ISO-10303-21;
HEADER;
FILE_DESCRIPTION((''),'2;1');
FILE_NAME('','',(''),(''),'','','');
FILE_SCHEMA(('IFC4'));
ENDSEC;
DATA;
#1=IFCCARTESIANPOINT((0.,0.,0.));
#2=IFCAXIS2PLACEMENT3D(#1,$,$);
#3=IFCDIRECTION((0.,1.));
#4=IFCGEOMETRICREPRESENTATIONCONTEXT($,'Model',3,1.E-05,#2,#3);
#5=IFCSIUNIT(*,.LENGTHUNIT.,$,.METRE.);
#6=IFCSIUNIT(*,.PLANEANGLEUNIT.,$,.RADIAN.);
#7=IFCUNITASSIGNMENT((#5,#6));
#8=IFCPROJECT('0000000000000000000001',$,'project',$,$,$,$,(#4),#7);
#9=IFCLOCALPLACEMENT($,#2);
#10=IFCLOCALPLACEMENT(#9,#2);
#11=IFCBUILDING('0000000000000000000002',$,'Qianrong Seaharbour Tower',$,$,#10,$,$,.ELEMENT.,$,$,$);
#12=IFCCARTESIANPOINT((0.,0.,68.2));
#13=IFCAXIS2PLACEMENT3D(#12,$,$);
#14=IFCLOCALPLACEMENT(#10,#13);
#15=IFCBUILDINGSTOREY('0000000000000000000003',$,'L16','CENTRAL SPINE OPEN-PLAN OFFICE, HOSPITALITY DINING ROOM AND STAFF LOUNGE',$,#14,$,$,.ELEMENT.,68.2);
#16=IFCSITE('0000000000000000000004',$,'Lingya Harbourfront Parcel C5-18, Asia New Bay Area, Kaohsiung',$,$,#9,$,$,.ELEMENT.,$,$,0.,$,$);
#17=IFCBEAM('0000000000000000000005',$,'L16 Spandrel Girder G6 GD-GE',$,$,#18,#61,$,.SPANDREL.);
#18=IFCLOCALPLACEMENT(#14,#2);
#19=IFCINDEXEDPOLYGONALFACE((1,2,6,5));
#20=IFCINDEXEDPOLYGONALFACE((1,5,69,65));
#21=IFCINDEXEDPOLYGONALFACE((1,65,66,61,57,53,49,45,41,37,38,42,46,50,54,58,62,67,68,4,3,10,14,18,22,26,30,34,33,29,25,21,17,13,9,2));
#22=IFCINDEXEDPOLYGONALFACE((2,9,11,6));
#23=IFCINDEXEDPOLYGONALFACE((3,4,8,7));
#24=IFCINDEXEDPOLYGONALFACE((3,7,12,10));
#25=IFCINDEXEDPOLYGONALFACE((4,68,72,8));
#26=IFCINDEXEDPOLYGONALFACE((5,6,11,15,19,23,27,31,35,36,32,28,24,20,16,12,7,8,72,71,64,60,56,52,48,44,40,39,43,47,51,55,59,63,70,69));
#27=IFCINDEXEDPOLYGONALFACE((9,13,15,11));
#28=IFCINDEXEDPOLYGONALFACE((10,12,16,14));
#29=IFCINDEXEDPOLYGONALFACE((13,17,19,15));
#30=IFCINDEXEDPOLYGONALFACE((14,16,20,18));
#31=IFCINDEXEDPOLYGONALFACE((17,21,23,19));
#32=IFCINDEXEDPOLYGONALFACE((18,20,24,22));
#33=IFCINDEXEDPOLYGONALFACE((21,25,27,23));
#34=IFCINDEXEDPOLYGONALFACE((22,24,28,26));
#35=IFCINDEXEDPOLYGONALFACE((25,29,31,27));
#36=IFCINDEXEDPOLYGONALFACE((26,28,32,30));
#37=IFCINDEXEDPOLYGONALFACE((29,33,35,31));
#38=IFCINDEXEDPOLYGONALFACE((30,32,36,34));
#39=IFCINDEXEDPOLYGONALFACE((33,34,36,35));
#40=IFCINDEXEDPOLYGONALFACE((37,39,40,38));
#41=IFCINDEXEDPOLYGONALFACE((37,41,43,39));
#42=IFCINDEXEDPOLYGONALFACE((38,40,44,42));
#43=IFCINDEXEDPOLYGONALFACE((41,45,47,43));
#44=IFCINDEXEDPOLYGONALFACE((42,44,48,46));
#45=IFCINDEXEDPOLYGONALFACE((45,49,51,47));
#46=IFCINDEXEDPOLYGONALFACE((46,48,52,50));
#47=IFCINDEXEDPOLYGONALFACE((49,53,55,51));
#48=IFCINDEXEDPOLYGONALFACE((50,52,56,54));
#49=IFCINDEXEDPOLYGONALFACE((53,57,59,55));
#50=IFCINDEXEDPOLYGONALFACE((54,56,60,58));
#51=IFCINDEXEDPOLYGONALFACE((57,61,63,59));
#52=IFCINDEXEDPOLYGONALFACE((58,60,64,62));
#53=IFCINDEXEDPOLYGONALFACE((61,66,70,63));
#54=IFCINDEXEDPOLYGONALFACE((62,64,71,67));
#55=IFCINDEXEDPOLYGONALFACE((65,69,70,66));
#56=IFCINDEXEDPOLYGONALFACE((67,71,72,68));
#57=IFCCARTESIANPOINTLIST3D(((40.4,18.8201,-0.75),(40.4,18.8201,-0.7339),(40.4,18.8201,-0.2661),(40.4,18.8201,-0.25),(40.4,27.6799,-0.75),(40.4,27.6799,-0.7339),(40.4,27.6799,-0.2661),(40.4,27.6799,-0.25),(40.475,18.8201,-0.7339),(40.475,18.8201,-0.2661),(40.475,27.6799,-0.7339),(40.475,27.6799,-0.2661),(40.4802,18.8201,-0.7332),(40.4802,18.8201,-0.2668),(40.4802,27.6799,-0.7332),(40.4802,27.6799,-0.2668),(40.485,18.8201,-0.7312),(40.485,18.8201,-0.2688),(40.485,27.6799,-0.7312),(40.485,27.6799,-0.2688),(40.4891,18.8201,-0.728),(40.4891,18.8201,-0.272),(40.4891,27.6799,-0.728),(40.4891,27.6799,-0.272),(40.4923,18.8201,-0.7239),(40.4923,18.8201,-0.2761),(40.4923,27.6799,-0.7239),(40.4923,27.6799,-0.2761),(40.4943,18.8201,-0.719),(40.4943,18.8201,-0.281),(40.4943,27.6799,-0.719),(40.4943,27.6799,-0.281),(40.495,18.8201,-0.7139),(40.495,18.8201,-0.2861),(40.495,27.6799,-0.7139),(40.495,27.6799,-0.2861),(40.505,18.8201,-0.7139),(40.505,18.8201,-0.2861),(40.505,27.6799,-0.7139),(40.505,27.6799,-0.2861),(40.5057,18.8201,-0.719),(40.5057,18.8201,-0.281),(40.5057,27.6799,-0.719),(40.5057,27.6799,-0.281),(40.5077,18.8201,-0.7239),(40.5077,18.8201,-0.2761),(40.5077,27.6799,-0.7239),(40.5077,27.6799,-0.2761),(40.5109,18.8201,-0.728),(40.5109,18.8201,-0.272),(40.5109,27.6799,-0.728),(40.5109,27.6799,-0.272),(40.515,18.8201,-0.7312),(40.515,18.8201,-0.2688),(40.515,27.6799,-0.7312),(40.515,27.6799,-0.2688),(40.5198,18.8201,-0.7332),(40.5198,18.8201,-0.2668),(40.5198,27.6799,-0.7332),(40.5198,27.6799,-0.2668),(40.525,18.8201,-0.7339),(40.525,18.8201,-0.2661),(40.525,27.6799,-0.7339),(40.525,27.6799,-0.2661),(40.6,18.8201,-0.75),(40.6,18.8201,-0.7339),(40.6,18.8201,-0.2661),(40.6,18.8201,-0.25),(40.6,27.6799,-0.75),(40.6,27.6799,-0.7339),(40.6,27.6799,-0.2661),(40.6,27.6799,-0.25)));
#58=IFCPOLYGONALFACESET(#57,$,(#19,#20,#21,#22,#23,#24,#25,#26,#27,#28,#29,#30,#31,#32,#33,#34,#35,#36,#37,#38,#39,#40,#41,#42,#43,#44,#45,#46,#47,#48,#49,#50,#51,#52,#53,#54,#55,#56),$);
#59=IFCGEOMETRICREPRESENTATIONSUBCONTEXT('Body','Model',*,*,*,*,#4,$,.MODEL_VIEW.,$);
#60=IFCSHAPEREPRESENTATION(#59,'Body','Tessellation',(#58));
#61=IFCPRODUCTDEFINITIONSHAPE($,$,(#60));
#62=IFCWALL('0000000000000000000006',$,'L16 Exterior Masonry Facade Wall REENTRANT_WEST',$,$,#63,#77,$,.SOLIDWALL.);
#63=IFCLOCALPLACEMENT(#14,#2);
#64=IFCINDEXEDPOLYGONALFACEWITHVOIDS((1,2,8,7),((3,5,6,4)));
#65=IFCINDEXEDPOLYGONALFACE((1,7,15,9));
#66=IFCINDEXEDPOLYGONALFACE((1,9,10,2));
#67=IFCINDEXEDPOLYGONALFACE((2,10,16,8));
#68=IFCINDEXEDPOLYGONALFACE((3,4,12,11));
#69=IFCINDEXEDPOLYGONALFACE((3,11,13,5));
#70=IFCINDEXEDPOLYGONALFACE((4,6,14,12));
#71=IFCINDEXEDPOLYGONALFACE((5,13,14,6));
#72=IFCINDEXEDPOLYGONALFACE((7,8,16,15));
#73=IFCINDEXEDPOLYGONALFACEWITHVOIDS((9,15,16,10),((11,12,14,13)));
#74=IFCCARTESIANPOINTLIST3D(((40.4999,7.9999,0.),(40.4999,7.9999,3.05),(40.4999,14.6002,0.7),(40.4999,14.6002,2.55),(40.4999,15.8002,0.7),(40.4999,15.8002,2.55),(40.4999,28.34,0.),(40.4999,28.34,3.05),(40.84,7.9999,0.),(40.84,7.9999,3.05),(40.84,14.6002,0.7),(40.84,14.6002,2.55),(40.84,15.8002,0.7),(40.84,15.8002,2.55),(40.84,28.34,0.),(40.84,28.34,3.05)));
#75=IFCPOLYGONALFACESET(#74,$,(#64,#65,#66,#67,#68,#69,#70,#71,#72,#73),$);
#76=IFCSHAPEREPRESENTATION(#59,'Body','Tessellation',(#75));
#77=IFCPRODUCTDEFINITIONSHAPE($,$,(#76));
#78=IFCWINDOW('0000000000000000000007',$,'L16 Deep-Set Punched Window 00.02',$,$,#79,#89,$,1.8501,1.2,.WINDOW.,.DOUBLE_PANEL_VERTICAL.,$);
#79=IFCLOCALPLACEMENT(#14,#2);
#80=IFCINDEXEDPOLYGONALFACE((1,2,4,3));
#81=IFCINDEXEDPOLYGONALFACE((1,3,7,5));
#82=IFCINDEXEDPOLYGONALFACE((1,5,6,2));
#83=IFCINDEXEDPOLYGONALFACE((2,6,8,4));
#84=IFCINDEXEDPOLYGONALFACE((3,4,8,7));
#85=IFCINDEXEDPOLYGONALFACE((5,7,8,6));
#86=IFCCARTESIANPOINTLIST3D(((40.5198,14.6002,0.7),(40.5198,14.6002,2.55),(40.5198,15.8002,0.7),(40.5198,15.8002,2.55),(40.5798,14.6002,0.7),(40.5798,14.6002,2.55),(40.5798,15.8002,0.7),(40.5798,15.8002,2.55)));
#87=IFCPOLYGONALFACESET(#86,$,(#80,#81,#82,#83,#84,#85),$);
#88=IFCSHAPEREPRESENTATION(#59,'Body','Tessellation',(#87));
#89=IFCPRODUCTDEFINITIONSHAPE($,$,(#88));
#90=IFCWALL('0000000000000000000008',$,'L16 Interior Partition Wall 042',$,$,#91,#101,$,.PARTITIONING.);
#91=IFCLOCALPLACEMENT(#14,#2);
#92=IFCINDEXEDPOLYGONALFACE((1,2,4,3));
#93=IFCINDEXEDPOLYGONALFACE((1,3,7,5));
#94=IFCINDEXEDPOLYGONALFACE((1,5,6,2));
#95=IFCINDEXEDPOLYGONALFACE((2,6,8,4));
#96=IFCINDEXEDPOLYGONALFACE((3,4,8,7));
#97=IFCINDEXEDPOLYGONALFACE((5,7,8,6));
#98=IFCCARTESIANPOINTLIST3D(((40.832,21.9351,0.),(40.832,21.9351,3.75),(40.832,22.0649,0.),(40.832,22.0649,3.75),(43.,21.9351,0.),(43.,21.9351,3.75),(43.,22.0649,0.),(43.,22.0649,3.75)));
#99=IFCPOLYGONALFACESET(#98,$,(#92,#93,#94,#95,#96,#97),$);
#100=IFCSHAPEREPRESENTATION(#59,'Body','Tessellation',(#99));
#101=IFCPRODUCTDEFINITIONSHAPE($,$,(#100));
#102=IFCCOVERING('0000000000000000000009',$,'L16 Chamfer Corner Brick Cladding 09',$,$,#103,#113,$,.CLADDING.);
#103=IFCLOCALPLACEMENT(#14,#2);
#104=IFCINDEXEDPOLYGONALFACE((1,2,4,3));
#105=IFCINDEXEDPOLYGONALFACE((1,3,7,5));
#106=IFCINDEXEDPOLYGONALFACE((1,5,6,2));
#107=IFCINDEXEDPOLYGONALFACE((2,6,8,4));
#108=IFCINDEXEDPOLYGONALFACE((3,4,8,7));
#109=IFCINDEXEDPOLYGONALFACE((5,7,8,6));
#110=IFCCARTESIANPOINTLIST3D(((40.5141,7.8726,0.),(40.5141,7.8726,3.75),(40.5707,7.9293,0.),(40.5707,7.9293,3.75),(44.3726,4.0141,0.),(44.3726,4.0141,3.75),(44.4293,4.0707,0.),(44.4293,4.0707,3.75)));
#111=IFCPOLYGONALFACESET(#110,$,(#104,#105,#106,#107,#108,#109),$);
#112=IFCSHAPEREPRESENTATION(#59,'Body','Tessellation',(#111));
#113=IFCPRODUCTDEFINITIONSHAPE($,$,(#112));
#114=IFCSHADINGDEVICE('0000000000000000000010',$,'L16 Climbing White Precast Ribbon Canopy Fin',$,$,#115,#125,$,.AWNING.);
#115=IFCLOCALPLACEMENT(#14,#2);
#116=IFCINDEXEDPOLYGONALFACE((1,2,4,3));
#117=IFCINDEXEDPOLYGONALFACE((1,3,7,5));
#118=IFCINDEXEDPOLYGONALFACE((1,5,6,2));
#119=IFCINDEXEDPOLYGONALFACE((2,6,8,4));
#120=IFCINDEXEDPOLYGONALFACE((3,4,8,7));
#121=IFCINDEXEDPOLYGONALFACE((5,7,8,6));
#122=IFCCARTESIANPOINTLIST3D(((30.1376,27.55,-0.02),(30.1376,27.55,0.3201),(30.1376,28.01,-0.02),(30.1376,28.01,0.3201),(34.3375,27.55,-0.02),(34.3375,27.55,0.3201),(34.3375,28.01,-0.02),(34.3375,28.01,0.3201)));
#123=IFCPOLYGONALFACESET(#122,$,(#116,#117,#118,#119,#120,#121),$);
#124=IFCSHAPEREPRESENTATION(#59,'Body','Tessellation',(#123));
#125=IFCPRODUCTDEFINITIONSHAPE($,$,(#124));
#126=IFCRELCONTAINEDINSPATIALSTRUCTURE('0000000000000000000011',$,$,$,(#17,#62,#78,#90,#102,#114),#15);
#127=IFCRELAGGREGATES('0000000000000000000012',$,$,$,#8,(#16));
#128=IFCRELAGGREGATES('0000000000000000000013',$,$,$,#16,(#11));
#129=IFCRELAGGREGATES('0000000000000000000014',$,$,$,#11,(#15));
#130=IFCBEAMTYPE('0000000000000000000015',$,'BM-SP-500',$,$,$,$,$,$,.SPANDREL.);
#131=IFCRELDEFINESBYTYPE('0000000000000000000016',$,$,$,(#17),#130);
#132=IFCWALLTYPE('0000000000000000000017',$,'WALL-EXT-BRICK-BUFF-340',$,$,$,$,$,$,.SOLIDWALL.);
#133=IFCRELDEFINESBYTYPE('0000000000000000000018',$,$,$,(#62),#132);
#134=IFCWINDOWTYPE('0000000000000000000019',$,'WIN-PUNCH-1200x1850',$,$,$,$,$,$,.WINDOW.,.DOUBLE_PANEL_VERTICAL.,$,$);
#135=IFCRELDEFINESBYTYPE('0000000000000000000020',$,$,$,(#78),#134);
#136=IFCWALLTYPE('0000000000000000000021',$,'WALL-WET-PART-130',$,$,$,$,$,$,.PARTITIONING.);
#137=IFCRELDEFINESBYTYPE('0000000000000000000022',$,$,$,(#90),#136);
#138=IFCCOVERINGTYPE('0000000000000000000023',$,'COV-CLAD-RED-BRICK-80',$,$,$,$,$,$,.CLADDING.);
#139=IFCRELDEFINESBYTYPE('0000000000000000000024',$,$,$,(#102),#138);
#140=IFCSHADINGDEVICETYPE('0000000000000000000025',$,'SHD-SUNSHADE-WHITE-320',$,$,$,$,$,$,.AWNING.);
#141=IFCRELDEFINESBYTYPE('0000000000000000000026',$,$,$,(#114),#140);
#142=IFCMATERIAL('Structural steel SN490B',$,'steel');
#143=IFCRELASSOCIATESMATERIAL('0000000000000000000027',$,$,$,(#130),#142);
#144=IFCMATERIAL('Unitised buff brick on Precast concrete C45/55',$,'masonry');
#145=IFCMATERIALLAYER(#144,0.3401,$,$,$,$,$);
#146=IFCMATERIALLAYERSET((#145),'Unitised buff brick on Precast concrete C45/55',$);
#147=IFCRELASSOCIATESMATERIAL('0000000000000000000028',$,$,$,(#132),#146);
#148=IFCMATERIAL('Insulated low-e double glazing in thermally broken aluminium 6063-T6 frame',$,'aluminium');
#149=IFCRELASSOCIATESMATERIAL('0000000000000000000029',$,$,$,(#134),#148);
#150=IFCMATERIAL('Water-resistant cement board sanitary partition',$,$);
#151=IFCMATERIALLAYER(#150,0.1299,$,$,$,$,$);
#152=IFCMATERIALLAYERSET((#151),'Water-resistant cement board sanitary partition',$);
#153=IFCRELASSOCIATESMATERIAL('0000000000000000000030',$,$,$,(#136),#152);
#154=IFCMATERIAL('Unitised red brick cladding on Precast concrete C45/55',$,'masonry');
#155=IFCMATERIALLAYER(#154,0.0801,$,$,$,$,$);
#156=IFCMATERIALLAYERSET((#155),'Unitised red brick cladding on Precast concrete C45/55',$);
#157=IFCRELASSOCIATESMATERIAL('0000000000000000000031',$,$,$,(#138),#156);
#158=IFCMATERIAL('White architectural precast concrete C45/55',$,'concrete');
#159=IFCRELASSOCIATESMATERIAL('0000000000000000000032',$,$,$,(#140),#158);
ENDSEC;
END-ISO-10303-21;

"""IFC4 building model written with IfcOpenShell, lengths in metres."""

from ifc_helpers import new_model, si_unit, direction, frame, frame_2d, origin, origin_2d, place, context, subcontext, project, spatial, rectangle, i_section, extrude, material, layer, layer_set, material_profile, profile_set, type_object, element, fill, save


model = new_model("IFC4")

# Units and contexts
model_context = context("Model", 3, precision=1e-05, world=origin(), true_north=direction((0.0, 1.0)))
body_context = subcontext(model_context, "Body", "Model", "MODEL_VIEW")
ifc_project = project(units=[si_unit("LENGTHUNIT", "METRE"), si_unit("PLANEANGLEUNIT", "RADIAN")], contexts=[model_context])

# Site, building, storey
site_placement = place(None, origin())
site = spatial("IfcSite", under=ifc_project, at=site_placement, Name="Lingya Harbourfront Parcel C5-18, Asia New Bay Area, Kaohsiung", CompositionType="ELEMENT", RefElevation=0.0)
building_placement = place(site_placement, origin())
building = spatial("IfcBuilding", under=site, at=building_placement, Name="Qianrong Seaharbour Tower", CompositionType="ELEMENT")
storey_placement = place(building_placement, frame((0.0, 0.0, 68.2)))
storey = spatial("IfcBuildingStorey", under=building, at=storey_placement, Name="L16", Description="CENTRAL SPINE OPEN-PLAN OFFICE, HOSPITALITY DINING ROOM AND STAFF LOUNGE", CompositionType="ELEMENT", Elevation=68.2)

# Shared definitions
ifc_material_1 = material(Name="Structural steel SN490B", Category="steel")

# Beam
ifc_material_profile_1 = material_profile(ifc_material_1, i_section(OverallWidth=0.2, OverallDepth=0.5, WebThickness=0.01, FlangeThickness=0.0161, FilletRadius=0.02, at=origin_2d()), Name="H500x200x10x16")
ifc_profile_set_1 = profile_set([ifc_material_profile_1], Name="Structural steel SN490B")
beam_type_1 = type_object("IfcBeamType", Name="BM-SP-500", PredefinedType="SPANDREL", material=ifc_profile_set_1)
beam_1_placement = place(storey_placement, frame((40.5, 18.8201, -0.5), z_axis=(0.0, 1.0, 0.0), x_axis=(-1.0, 0.0, 0.0)))
element("IfcBeam", 1, at=beam_1_placement, inside=storey, type_object=beam_type_1, Name="L16 Spandrel Girder G6 GD-GE", PredefinedType="SPANDREL", context=body_context, shape_type="SweptSolid", body=[
    extrude(i_section(OverallWidth=0.2, OverallDepth=0.5, WebThickness=0.01, FlangeThickness=0.0161, FilletRadius=0.02, at=origin_2d()), origin(), (0.0, 0.0, 1.0), 8.8599),
])

# Wall, opening, window
ifc_material_2 = material(Name="Unitised buff brick on Precast concrete C45/55", Category="masonry")
ifc_layer_1 = layer(ifc_material_2, 0.3401)
ifc_layer_set_1 = layer_set([ifc_layer_1], Name="Unitised buff brick on Precast concrete C45/55")
wall_type_1 = type_object("IfcWallType", Name="WALL-EXT-BRICK-BUFF-340", PredefinedType="SOLIDWALL", material=ifc_layer_set_1)
wall_1_placement = place(storey_placement, frame((40.6699, 8.0, 0.0), z_axis=(0.0, 0.0, 1.0), x_axis=(0.0, 1.0, 0.0)))
wall_1 = element("IfcWall", 2, at=wall_1_placement, inside=storey, type_object=wall_type_1, Name="L16 Exterior Masonry Facade Wall REENTRANT_WEST", PredefinedType="SOLIDWALL", context=body_context, shape_type="SweptSolid", body=[
    extrude(rectangle(XDim=20.3401, YDim=0.3401, at=frame_2d((10.1699, 0.0))), origin(), (0.0, 0.0, 1.0), 3.05),
])
opening_placement = place(wall_1_placement, frame((6.6001, 0.0, 0.7)))
opening = element("IfcOpeningElement", 3, at=opening_placement, cuts=wall_1, PredefinedType="OPENING", context=body_context, shape_type="SweptSolid", body=[
    extrude(rectangle(XDim=1.2, YDim=1.8501, at=frame_2d((0.6001, 0.925))), frame((0.0, 0.1802, 0.0), z_axis=(0.0, -1.0, 0.0), x_axis=(1.0, 0.0, 0.0)), (0.0, 0.0, 1.0), 0.3601),
])
ifc_material_3 = material(Name="Insulated low-e double glazing in thermally broken aluminium 6063-T6 frame", Category="aluminium")
window_type = type_object("IfcWindowType", Name="WIN-PUNCH-1200x1850", PartitioningType="DOUBLE_PANEL_VERTICAL", PredefinedType="WINDOW", material=ifc_material_3)
window_placement = place(opening_placement, origin())
window = element("IfcWindow", 4, at=window_placement, inside=storey, type_object=window_type, Name="L16 Deep-Set Punched Window 00.02", OverallHeight=1.8501, OverallWidth=1.2, PartitioningType="DOUBLE_PANEL_VERTICAL", PredefinedType="WINDOW", context=body_context, shape_type="SweptSolid", body=[
    extrude(rectangle(XDim=1.2, YDim=1.8501, at=frame_2d((0.6001, 0.925))), frame((0.0, 0.1501, 0.0), z_axis=(0.0, -1.0, 0.0), x_axis=(1.0, 0.0, 0.0)), (0.0, 0.0, 1.0), 0.0601),
])
fill(opening, window)

# Wall
ifc_material_4 = material(Name="Water-resistant cement board sanitary partition")
ifc_layer_2 = layer(ifc_material_4, 0.1299)
ifc_layer_set_2 = layer_set([ifc_layer_2], Name="Water-resistant cement board sanitary partition")
wall_type_2 = type_object("IfcWallType", Name="WALL-WET-PART-130", PredefinedType="PARTITIONING", material=ifc_layer_set_2)
wall_2_placement = place(storey_placement, frame((40.832, 22.0, 0.0), z_axis=(0.0, 0.0, 1.0), x_axis=(1.0, 0.0, 0.0)))
element("IfcWall", 5, at=wall_2_placement, inside=storey, type_object=wall_type_2, Name="L16 Interior Partition Wall 042", PredefinedType="PARTITIONING", context=body_context, shape_type="SweptSolid", body=[
    extrude(rectangle(XDim=2.168, YDim=0.1299, at=frame_2d((1.084, 0.0))), origin(), (0.0, 0.0, 1.0), 3.75),
])

# Covering
ifc_material_5 = material(Name="Unitised red brick cladding on Precast concrete C45/55", Category="masonry")
ifc_layer_3 = layer(ifc_material_5, 0.0801)
ifc_layer_set_3 = layer_set([ifc_layer_3], Name="Unitised red brick cladding on Precast concrete C45/55")
covering_type = type_object("IfcCoveringType", Name="COV-CLAD-RED-BRICK-80", PredefinedType="CLADDING", material=ifc_layer_set_3)
covering_placement = place(storey_placement, frame((42.4717, 5.9717, 0.0), z_axis=(0.0, 0.0, 1.0), x_axis=(-0.707107, 0.707107, 0.0)))
element("IfcCovering", 6, at=covering_placement, inside=storey, type_object=covering_type, Name="L16 Chamfer Corner Brick Cladding 09", PredefinedType="CLADDING", context=body_context, shape_type="SweptSolid", body=[
    extrude(rectangle(XDim=5.4568, YDim=0.0801, at=origin_2d()), origin(), (0.0, 0.0, 1.0), 3.75),
])

# Shading device
ifc_material_6 = material(Name="White architectural precast concrete C45/55", Category="concrete")
shading_device_type = type_object("IfcShadingDeviceType", Name="SHD-SUNSHADE-WHITE-320", PredefinedType="AWNING", material=ifc_material_6)
shading_device_placement = place(storey_placement, frame((32.2375, 27.78, -0.02), z_axis=(0.0, 0.0, 1.0), x_axis=(1.0, 0.0, 0.0)))
element("IfcShadingDevice", 7, at=shading_device_placement, inside=storey, type_object=shading_device_type, Name="L16 Climbing White Precast Ribbon Canopy Fin", PredefinedType="AWNING", context=body_context, shape_type="SweptSolid", body=[
    extrude(rectangle(XDim=4.2, YDim=0.46, at=origin_2d()), origin(), (0.0, 0.0, 1.0), 0.3401),
])

save(model, "model.ifc")
